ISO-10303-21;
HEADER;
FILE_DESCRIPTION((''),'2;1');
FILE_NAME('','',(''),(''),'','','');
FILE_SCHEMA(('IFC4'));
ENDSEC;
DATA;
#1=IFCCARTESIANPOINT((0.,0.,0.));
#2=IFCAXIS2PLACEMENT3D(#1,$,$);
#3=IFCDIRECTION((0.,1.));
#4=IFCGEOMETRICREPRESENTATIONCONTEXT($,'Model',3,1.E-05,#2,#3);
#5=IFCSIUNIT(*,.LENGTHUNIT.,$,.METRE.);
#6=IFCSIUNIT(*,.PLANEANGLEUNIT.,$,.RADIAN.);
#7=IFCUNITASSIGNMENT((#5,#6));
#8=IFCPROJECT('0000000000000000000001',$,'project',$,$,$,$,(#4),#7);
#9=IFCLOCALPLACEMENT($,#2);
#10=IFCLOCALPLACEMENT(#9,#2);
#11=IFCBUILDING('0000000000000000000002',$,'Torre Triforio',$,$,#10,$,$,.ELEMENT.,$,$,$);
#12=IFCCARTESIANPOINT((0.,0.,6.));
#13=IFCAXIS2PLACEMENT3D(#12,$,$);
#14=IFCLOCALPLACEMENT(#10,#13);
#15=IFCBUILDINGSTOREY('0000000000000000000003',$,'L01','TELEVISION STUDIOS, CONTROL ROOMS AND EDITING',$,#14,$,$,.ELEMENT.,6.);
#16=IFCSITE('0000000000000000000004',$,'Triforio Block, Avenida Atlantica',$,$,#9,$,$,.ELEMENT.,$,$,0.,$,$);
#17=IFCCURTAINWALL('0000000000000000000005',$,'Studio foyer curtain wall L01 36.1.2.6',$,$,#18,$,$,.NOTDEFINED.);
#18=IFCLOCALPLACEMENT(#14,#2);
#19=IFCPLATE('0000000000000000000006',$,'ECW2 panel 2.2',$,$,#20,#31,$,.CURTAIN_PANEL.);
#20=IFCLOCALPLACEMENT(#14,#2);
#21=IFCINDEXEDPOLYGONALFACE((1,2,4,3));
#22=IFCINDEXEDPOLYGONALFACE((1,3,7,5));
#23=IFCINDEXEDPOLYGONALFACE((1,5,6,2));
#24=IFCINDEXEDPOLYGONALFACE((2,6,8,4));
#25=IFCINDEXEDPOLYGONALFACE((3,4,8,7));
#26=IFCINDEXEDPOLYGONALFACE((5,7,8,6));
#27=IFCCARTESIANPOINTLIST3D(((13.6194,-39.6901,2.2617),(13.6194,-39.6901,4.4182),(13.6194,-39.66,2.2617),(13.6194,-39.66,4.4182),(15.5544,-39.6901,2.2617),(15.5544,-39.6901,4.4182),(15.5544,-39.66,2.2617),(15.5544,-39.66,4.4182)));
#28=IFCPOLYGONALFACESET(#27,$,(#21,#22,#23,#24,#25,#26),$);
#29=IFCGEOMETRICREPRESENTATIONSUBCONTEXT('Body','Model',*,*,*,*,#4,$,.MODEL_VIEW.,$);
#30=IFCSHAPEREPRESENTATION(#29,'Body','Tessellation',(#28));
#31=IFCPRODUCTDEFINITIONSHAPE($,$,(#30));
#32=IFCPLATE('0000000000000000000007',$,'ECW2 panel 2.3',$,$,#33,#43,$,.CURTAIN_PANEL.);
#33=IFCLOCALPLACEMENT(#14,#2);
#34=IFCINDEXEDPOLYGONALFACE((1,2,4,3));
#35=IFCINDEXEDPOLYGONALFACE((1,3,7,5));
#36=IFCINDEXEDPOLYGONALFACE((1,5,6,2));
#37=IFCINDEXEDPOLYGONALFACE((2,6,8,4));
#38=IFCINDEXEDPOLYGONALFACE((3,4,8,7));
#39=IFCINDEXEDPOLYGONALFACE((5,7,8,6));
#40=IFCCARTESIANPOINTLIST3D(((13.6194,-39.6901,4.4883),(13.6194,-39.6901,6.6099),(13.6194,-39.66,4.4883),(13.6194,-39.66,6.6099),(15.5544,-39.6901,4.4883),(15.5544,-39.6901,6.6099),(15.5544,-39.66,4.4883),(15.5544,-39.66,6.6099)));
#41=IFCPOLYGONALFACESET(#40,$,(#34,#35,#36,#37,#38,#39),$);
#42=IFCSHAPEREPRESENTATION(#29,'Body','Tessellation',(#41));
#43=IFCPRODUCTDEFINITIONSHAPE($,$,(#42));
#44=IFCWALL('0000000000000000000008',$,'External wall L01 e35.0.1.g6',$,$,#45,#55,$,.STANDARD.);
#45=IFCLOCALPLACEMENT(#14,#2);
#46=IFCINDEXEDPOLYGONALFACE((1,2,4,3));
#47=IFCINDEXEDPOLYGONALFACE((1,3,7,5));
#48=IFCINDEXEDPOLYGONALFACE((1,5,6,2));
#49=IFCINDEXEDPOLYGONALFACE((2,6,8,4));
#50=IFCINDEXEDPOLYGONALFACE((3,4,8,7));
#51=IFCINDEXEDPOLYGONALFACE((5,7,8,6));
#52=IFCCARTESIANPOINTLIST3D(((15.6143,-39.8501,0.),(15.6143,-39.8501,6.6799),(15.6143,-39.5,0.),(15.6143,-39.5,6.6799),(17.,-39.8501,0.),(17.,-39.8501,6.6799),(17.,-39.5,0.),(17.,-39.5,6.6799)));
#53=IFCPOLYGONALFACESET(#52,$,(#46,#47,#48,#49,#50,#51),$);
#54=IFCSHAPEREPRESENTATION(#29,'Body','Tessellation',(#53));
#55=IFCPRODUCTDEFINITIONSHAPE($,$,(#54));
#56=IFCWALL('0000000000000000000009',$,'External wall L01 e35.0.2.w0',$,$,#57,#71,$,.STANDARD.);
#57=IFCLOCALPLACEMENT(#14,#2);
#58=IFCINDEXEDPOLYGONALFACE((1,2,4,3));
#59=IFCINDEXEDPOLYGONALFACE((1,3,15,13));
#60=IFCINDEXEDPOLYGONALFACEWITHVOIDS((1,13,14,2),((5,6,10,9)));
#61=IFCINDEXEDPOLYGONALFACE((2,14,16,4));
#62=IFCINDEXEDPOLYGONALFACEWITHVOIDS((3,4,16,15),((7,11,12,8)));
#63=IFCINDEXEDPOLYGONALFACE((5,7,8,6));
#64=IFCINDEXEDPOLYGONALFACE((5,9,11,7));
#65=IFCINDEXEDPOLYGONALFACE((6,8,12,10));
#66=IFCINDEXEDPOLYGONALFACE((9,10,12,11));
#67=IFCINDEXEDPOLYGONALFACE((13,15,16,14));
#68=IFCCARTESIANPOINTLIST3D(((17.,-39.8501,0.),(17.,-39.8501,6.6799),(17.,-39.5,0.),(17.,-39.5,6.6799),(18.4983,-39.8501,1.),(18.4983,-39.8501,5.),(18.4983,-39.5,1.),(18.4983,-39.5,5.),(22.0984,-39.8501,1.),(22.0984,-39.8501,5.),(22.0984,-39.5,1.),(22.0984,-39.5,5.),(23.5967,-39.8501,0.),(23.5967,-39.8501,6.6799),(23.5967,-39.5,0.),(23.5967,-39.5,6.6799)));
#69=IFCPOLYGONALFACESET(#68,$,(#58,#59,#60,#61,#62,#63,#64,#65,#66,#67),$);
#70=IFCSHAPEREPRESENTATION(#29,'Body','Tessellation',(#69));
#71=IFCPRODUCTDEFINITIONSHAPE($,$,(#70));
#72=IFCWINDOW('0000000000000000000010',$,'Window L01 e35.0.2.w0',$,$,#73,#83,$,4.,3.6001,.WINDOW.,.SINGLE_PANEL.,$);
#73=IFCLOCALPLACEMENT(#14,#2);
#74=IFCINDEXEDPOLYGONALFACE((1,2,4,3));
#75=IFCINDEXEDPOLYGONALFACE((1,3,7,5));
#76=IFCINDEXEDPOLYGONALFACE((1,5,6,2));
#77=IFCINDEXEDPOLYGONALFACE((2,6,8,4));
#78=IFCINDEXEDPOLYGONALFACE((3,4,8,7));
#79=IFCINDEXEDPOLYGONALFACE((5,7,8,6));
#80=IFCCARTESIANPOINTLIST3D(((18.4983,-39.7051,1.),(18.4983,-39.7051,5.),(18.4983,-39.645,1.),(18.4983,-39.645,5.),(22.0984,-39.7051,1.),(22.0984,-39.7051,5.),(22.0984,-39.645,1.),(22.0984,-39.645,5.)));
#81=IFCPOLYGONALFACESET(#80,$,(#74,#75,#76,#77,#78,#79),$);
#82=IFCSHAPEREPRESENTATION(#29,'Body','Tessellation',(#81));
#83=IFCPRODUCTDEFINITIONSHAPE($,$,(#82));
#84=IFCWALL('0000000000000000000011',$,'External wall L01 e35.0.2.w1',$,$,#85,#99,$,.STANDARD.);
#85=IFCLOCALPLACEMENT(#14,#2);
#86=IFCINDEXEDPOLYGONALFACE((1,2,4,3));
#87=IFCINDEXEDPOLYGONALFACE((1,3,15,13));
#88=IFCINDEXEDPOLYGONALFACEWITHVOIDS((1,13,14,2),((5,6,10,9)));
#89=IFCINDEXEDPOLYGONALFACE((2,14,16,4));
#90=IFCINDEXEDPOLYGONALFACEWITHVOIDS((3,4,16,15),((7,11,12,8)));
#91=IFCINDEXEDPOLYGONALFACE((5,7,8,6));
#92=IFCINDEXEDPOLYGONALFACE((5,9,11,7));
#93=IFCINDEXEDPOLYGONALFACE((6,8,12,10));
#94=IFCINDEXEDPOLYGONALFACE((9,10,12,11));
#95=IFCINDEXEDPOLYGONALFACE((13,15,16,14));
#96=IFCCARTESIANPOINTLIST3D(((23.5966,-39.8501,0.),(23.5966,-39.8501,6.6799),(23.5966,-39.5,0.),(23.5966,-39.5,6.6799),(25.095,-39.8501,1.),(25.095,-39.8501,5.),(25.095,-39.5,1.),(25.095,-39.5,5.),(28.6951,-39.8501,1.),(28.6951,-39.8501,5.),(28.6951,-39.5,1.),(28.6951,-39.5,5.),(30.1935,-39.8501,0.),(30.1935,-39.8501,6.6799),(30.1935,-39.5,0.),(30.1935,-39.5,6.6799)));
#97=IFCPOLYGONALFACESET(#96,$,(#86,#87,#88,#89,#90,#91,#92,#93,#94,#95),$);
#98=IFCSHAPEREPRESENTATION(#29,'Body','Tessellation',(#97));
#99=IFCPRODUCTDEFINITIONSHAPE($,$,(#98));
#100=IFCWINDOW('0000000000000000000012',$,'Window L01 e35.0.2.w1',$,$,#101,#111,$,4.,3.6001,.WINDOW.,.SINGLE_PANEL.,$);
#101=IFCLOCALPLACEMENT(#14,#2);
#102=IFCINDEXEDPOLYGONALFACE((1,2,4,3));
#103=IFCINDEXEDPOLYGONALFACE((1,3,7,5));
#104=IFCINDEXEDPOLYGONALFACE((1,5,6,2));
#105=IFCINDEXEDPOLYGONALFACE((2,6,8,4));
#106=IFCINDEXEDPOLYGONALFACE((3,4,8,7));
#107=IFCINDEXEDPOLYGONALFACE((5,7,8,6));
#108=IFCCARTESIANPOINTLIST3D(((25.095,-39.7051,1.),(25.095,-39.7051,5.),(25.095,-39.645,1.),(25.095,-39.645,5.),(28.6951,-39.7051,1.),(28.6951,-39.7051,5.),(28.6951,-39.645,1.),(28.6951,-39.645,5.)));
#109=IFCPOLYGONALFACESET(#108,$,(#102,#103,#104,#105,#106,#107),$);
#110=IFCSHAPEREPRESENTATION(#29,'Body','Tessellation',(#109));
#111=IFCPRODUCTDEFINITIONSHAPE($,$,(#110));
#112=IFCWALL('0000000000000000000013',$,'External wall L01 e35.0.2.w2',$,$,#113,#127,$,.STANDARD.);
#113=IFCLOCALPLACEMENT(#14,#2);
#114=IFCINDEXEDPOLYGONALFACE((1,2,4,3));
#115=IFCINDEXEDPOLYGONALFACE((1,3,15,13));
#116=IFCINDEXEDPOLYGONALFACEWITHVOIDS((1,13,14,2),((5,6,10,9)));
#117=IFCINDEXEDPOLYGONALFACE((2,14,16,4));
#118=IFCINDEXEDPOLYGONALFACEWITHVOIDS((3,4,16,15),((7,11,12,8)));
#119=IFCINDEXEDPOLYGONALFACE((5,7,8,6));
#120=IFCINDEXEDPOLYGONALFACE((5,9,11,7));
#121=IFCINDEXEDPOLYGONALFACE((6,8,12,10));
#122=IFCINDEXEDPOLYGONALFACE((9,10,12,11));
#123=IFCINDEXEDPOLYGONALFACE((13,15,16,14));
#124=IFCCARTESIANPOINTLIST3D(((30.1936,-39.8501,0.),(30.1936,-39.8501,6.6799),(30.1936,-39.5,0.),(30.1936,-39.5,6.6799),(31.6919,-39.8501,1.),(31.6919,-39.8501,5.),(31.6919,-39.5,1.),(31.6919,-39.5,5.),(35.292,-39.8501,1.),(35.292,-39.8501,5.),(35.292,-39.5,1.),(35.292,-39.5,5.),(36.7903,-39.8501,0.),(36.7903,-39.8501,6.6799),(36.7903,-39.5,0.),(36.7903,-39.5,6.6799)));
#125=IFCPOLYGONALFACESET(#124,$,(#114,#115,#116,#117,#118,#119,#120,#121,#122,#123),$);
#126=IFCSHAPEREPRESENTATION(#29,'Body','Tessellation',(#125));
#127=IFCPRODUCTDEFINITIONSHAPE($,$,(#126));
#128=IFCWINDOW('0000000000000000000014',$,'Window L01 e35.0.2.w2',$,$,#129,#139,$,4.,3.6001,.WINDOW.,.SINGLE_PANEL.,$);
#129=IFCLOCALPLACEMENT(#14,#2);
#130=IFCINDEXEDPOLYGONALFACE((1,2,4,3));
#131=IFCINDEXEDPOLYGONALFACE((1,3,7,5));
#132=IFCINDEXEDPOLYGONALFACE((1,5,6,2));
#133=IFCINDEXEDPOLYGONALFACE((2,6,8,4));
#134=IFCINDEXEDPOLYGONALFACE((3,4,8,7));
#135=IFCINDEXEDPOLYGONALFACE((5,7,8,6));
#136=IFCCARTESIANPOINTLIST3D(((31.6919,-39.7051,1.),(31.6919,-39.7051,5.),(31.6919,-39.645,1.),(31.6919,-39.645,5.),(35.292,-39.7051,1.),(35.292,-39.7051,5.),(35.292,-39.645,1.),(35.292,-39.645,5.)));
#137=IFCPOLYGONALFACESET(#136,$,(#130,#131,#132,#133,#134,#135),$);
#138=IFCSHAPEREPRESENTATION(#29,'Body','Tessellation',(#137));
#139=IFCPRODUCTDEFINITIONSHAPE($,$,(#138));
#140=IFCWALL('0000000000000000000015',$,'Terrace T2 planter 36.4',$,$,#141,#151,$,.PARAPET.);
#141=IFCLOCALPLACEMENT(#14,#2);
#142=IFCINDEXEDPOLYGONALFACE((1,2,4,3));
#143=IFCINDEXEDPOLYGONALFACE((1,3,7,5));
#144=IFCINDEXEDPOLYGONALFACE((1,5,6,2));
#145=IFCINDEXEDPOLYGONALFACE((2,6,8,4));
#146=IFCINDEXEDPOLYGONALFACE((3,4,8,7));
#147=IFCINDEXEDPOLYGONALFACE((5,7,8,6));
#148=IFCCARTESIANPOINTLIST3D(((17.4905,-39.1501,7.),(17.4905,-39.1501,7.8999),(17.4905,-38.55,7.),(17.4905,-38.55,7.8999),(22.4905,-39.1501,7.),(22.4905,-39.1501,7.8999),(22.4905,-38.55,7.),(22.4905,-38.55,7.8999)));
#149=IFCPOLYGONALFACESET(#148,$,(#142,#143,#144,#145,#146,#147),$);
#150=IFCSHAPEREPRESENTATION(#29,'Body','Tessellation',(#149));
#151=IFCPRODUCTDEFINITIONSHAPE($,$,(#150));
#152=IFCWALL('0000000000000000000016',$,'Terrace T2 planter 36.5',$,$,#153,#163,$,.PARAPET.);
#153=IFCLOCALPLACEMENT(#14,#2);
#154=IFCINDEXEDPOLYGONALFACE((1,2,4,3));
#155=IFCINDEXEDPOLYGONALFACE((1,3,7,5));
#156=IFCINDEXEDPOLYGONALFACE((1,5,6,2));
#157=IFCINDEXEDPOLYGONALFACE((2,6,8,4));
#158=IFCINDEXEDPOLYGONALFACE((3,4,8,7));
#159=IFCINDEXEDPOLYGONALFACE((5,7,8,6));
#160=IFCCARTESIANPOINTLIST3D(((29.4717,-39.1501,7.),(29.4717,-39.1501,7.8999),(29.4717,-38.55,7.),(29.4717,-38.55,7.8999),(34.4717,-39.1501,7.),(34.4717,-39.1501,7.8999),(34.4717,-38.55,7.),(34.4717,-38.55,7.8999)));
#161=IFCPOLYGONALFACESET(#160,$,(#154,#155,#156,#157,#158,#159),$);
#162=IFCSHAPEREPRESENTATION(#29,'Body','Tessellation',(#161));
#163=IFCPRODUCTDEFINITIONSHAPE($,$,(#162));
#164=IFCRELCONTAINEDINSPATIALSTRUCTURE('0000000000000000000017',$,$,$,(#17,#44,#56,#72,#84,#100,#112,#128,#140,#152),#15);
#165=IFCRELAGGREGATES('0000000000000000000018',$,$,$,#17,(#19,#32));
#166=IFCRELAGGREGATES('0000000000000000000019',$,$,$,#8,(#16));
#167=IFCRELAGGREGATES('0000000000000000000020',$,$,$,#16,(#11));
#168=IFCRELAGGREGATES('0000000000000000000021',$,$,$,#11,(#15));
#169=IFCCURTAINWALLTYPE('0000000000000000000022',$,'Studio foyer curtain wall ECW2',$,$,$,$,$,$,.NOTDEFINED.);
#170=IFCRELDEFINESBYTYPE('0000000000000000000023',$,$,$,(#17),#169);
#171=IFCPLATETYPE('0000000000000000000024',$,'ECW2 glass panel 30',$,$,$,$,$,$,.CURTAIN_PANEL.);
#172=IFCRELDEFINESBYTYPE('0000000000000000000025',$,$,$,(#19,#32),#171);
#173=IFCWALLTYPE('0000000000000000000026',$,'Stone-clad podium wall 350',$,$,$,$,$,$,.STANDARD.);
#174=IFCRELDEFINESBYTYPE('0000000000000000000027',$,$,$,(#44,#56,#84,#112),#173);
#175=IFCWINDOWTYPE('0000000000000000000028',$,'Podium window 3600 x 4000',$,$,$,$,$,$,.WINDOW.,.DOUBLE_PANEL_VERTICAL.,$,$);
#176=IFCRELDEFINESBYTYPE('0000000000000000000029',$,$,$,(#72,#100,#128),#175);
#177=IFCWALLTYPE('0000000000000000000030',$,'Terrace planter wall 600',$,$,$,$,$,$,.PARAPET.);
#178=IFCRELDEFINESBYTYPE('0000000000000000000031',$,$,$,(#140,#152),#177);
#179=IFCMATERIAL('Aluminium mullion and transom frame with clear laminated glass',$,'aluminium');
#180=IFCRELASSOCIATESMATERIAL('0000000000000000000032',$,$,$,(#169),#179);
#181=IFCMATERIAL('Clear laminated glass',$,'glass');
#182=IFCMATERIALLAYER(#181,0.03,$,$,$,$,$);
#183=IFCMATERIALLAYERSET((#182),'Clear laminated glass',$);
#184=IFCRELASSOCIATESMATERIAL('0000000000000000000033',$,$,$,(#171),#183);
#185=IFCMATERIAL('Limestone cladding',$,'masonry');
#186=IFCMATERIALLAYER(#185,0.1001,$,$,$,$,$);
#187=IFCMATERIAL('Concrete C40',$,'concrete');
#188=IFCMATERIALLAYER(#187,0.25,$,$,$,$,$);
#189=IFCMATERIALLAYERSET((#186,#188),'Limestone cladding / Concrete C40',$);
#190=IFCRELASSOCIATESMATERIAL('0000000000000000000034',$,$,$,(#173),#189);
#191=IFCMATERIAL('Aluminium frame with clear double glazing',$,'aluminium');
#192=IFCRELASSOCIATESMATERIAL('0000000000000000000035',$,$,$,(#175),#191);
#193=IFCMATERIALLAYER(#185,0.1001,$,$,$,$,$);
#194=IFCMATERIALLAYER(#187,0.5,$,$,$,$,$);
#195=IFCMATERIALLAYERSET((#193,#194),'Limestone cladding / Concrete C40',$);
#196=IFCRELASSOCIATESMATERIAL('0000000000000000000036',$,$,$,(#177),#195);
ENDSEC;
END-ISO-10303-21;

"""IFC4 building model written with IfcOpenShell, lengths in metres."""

from ifc_helpers import new_model, si_unit, direction, frame, frame_2d, origin, origin_2d, place, context, subcontext, project, spatial, rectangle, extrude, material, layer, layer_set, type_object, element, fill, aggregate, save


model = new_model("IFC4")

# Units and contexts
model_context = context("Model", 3, precision=1e-05, world=origin(), true_north=direction((0.0, 1.0)))
body_context = subcontext(model_context, "Body", "Model", "MODEL_VIEW")
ifc_project = project(units=[si_unit("LENGTHUNIT", "METRE"), si_unit("PLANEANGLEUNIT", "RADIAN")], contexts=[model_context])

# Site, building, storey
site_placement = place(None, origin())
site = spatial("IfcSite", under=ifc_project, at=site_placement, Name="Triforio Block, Avenida Atlantica", CompositionType="ELEMENT", RefElevation=0.0)
building_placement = place(site_placement, origin())
building = spatial("IfcBuilding", under=site, at=building_placement, Name="Torre Triforio", CompositionType="ELEMENT")
storey_placement = place(building_placement, frame((0.0, 0.0, 6.0)))
storey = spatial("IfcBuildingStorey", under=building, at=storey_placement, Name="L01", Description="TELEVISION STUDIOS, CONTROL ROOMS AND EDITING", CompositionType="ELEMENT", Elevation=6.0)

# Curtain wall, plates
ifc_material_1 = material(Name="Aluminium mullion and transom frame with clear laminated glass", Category="aluminium")
curtain_wall_type = type_object("IfcCurtainWallType", Name="Studio foyer curtain wall ECW2", PredefinedType="NOTDEFINED", material=ifc_material_1)
curtain_wall_placement = place(storey_placement, origin())
curtain_wall = element("IfcCurtainWall", 1, at=curtain_wall_placement, inside=storey, type_object=curtain_wall_type, Name="Studio foyer curtain wall L01 36.1.2.6", PredefinedType="NOTDEFINED")
ifc_material_2 = material(Name="Clear laminated glass", Category="glass")
ifc_layer_1 = layer(ifc_material_2, 0.03)
ifc_layer_set_1 = layer_set([ifc_layer_1], Name="Clear laminated glass")
plate_type = type_object("IfcPlateType", Name="ECW2 glass panel 30", PredefinedType="CURTAIN_PANEL", material=ifc_layer_set_1)
plate_1_placement = place(storey_placement, frame((14.5869, -39.675, 2.2617), z_axis=(0.0, 0.0, 1.0), x_axis=(1.0, 0.0, 0.0)))
plate_1 = element("IfcPlate", 2, at=plate_1_placement, type_object=plate_type, Name="ECW2 panel 2.2", PredefinedType="CURTAIN_PANEL", context=body_context, shape_type="SweptSolid", body=[
    extrude(rectangle(XDim=1.9351, YDim=0.03, at=origin_2d()), origin(), (0.0, 0.0, 1.0), 2.1565),
])
plate_2_placement = place(storey_placement, frame((14.5869, -39.675, 4.4883), z_axis=(0.0, 0.0, 1.0), x_axis=(1.0, 0.0, 0.0)))
plate_2 = element("IfcPlate", 3, at=plate_2_placement, type_object=plate_type, Name="ECW2 panel 2.3", PredefinedType="CURTAIN_PANEL", context=body_context, shape_type="SweptSolid", body=[
    extrude(rectangle(XDim=1.9351, YDim=0.03, at=origin_2d()), origin(), (0.0, 0.0, 1.0), 2.1216),
])
aggregate(curtain_wall, [plate_1, plate_2])

# Wall
ifc_material_3 = material(Name="Limestone cladding", Category="masonry")
ifc_layer_2 = layer(ifc_material_3, 0.1001)
ifc_material_4 = material(Name="Concrete C40", Category="concrete")
ifc_layer_3 = layer(ifc_material_4, 0.25)
ifc_layer_set_2 = layer_set([ifc_layer_2, ifc_layer_3], Name="Limestone cladding / Concrete C40")
wall_type_1 = type_object("IfcWallType", Name="Stone-clad podium wall 350", PredefinedType="STANDARD", material=ifc_layer_set_2)
wall_1_placement = place(storey_placement, frame((15.6143, -39.675, 0.0), z_axis=(0.0, 0.0, 1.0), x_axis=(1.0, 0.0, 0.0)))
element("IfcWall", 4, at=wall_1_placement, inside=storey, type_object=wall_type_1, Name="External wall L01 e35.0.1.g6", PredefinedType="STANDARD", context=body_context, shape_type="SweptSolid", body=[
    extrude(rectangle(XDim=1.3857, YDim=0.3501, at=frame_2d((0.6929, 0.0))), origin(), (0.0, 0.0, 1.0), 6.6799),
])

# Walls, openings, windows
wall_2_placement = place(storey_placement, frame((17.0, -39.675, 0.0), z_axis=(0.0, 0.0, 1.0), x_axis=(1.0, 0.0, 0.0)))
wall_2 = element("IfcWall", 5, at=wall_2_placement, inside=storey, type_object=wall_type_1, Name="External wall L01 e35.0.2.w0", PredefinedType="STANDARD", context=body_context, shape_type="SweptSolid", body=[
    extrude(rectangle(XDim=6.5967, YDim=0.3501, at=frame_2d((3.2983, 0.0))), origin(), (0.0, 0.0, 1.0), 6.6799),
])
opening_1_placement = place(wall_2_placement, frame((1.4983, 0.0, 1.0)))
opening_1 = element("IfcOpeningElement", 6, at=opening_1_placement, cuts=wall_2, PredefinedType="OPENING", context=body_context, shape_type="SweptSolid", body=[
    extrude(rectangle(XDim=3.6001, YDim=4.0, at=frame_2d((1.8, 2.0))), frame((0.0, 0.1851, 0.0), z_axis=(0.0, -1.0, 0.0), x_axis=(1.0, 0.0, 0.0)), (0.0, 0.0, 1.0), 0.3701),
])
ifc_material_5 = material(Name="Aluminium frame with clear double glazing", Category="aluminium")
window_type = type_object("IfcWindowType", Name="Podium window 3600 x 4000", PartitioningType="DOUBLE_PANEL_VERTICAL", PredefinedType="WINDOW", material=ifc_material_5)
window_1_placement = place(opening_1_placement, origin())
window_1 = element("IfcWindow", 7, at=window_1_placement, inside=storey, type_object=window_type, Name="Window L01 e35.0.2.w0", OverallHeight=4.0, OverallWidth=3.6001, PartitioningType="SINGLE_PANEL", PredefinedType="WINDOW", context=body_context, shape_type="SweptSolid", body=[
    extrude(rectangle(XDim=3.6001, YDim=4.0, at=frame_2d((1.8, 2.0))), frame((0.0, 0.03, 0.0), z_axis=(0.0, -1.0, 0.0), x_axis=(1.0, 0.0, 0.0)), (0.0, 0.0, 1.0), 0.0601),
])
fill(opening_1, window_1)
wall_3_placement = place(storey_placement, frame((23.5967, -39.675, 0.0), z_axis=(0.0, 0.0, 1.0), x_axis=(1.0, 0.0, 0.0)))
wall_3 = element("IfcWall", 8, at=wall_3_placement, inside=storey, type_object=wall_type_1, Name="External wall L01 e35.0.2.w1", PredefinedType="STANDARD", context=body_context, shape_type="SweptSolid", body=[
    extrude(rectangle(XDim=6.5969, YDim=0.3501, at=frame_2d((3.2983, 0.0))), origin(), (0.0, 0.0, 1.0), 6.6799),
])
opening_2_placement = place(wall_3_placement, frame((1.4983, 0.0, 1.0)))
opening_2 = element("IfcOpeningElement", 9, at=opening_2_placement, cuts=wall_3, PredefinedType="OPENING", context=body_context, shape_type="SweptSolid", body=[
    extrude(rectangle(XDim=3.6001, YDim=4.0, at=frame_2d((1.8, 2.0))), frame((0.0, 0.1851, 0.0), z_axis=(0.0, -1.0, 0.0), x_axis=(1.0, 0.0, 0.0)), (0.0, 0.0, 1.0), 0.3701),
])
window_2_placement = place(opening_2_placement, origin())
window_2 = element("IfcWindow", 10, at=window_2_placement, inside=storey, type_object=window_type, Name="Window L01 e35.0.2.w1", OverallHeight=4.0, OverallWidth=3.6001, PartitioningType="SINGLE_PANEL", PredefinedType="WINDOW", context=body_context, shape_type="SweptSolid", body=[
    extrude(rectangle(XDim=3.6001, YDim=4.0, at=frame_2d((1.8, 2.0))), frame((0.0, 0.03, 0.0), z_axis=(0.0, -1.0, 0.0), x_axis=(1.0, 0.0, 0.0)), (0.0, 0.0, 1.0), 0.0601),
])
fill(opening_2, window_2)
wall_4_placement = place(storey_placement, frame((30.1936, -39.675, 0.0), z_axis=(0.0, 0.0, 1.0), x_axis=(1.0, 0.0, 0.0)))
wall_4 = element("IfcWall", 11, at=wall_4_placement, inside=storey, type_object=wall_type_1, Name="External wall L01 e35.0.2.w2", PredefinedType="STANDARD", context=body_context, shape_type="SweptSolid", body=[
    extrude(rectangle(XDim=6.5967, YDim=0.3501, at=frame_2d((3.2983, 0.0))), origin(), (0.0, 0.0, 1.0), 6.6799),
])
opening_3_placement = place(wall_4_placement, frame((1.4983, 0.0, 1.0)))
opening_3 = element("IfcOpeningElement", 12, at=opening_3_placement, cuts=wall_4, PredefinedType="OPENING", context=body_context, shape_type="SweptSolid", body=[
    extrude(rectangle(XDim=3.6001, YDim=4.0, at=frame_2d((1.8, 2.0))), frame((0.0, 0.1851, 0.0), z_axis=(0.0, -1.0, 0.0), x_axis=(1.0, 0.0, 0.0)), (0.0, 0.0, 1.0), 0.3701),
])
window_3_placement = place(opening_3_placement, origin())
window_3 = element("IfcWindow", 13, at=window_3_placement, inside=storey, type_object=window_type, Name="Window L01 e35.0.2.w2", OverallHeight=4.0, OverallWidth=3.6001, PartitioningType="SINGLE_PANEL", PredefinedType="WINDOW", context=body_context, shape_type="SweptSolid", body=[
    extrude(rectangle(XDim=3.6001, YDim=4.0, at=frame_2d((1.8, 2.0))), frame((0.0, 0.03, 0.0), z_axis=(0.0, -1.0, 0.0), x_axis=(1.0, 0.0, 0.0)), (0.0, 0.0, 1.0), 0.0601),
])
fill(opening_3, window_3)

# Walls
ifc_layer_4 = layer(ifc_material_3, 0.1001)
ifc_layer_5 = layer(ifc_material_4, 0.5)
ifc_layer_set_3 = layer_set([ifc_layer_4, ifc_layer_5], Name="Limestone cladding / Concrete C40")
wall_type_2 = type_object("IfcWallType", Name="Terrace planter wall 600", PredefinedType="PARAPET", material=ifc_layer_set_3)
for number, where, z_axis, x_axis, name in (
    (14, (17.4905, -38.8501, 7.0), (0.0, 0.0, 1.0), (1.0, 0.0, 0.0), "Terrace T2 planter 36.4"),
    (15, (29.4717, -38.8501, 7.0), (0.0, 0.0, 1.0), (1.0, 0.0, 0.0), "Terrace T2 planter 36.5"),
):
    element("IfcWall", number, at=place(storey_placement, frame(where, z_axis=z_axis, x_axis=x_axis)), inside=storey, type_object=wall_type_2, Name=name, PredefinedType="PARAPET", context=body_context, shape_type="SweptSolid", body=[
        extrude(rectangle(XDim=5.0, YDim=0.6001, at=frame_2d((2.5, 0.0))), origin(), (0.0, 0.0, 1.0), 0.8999),
    ])

save(model, "model.ifc")
